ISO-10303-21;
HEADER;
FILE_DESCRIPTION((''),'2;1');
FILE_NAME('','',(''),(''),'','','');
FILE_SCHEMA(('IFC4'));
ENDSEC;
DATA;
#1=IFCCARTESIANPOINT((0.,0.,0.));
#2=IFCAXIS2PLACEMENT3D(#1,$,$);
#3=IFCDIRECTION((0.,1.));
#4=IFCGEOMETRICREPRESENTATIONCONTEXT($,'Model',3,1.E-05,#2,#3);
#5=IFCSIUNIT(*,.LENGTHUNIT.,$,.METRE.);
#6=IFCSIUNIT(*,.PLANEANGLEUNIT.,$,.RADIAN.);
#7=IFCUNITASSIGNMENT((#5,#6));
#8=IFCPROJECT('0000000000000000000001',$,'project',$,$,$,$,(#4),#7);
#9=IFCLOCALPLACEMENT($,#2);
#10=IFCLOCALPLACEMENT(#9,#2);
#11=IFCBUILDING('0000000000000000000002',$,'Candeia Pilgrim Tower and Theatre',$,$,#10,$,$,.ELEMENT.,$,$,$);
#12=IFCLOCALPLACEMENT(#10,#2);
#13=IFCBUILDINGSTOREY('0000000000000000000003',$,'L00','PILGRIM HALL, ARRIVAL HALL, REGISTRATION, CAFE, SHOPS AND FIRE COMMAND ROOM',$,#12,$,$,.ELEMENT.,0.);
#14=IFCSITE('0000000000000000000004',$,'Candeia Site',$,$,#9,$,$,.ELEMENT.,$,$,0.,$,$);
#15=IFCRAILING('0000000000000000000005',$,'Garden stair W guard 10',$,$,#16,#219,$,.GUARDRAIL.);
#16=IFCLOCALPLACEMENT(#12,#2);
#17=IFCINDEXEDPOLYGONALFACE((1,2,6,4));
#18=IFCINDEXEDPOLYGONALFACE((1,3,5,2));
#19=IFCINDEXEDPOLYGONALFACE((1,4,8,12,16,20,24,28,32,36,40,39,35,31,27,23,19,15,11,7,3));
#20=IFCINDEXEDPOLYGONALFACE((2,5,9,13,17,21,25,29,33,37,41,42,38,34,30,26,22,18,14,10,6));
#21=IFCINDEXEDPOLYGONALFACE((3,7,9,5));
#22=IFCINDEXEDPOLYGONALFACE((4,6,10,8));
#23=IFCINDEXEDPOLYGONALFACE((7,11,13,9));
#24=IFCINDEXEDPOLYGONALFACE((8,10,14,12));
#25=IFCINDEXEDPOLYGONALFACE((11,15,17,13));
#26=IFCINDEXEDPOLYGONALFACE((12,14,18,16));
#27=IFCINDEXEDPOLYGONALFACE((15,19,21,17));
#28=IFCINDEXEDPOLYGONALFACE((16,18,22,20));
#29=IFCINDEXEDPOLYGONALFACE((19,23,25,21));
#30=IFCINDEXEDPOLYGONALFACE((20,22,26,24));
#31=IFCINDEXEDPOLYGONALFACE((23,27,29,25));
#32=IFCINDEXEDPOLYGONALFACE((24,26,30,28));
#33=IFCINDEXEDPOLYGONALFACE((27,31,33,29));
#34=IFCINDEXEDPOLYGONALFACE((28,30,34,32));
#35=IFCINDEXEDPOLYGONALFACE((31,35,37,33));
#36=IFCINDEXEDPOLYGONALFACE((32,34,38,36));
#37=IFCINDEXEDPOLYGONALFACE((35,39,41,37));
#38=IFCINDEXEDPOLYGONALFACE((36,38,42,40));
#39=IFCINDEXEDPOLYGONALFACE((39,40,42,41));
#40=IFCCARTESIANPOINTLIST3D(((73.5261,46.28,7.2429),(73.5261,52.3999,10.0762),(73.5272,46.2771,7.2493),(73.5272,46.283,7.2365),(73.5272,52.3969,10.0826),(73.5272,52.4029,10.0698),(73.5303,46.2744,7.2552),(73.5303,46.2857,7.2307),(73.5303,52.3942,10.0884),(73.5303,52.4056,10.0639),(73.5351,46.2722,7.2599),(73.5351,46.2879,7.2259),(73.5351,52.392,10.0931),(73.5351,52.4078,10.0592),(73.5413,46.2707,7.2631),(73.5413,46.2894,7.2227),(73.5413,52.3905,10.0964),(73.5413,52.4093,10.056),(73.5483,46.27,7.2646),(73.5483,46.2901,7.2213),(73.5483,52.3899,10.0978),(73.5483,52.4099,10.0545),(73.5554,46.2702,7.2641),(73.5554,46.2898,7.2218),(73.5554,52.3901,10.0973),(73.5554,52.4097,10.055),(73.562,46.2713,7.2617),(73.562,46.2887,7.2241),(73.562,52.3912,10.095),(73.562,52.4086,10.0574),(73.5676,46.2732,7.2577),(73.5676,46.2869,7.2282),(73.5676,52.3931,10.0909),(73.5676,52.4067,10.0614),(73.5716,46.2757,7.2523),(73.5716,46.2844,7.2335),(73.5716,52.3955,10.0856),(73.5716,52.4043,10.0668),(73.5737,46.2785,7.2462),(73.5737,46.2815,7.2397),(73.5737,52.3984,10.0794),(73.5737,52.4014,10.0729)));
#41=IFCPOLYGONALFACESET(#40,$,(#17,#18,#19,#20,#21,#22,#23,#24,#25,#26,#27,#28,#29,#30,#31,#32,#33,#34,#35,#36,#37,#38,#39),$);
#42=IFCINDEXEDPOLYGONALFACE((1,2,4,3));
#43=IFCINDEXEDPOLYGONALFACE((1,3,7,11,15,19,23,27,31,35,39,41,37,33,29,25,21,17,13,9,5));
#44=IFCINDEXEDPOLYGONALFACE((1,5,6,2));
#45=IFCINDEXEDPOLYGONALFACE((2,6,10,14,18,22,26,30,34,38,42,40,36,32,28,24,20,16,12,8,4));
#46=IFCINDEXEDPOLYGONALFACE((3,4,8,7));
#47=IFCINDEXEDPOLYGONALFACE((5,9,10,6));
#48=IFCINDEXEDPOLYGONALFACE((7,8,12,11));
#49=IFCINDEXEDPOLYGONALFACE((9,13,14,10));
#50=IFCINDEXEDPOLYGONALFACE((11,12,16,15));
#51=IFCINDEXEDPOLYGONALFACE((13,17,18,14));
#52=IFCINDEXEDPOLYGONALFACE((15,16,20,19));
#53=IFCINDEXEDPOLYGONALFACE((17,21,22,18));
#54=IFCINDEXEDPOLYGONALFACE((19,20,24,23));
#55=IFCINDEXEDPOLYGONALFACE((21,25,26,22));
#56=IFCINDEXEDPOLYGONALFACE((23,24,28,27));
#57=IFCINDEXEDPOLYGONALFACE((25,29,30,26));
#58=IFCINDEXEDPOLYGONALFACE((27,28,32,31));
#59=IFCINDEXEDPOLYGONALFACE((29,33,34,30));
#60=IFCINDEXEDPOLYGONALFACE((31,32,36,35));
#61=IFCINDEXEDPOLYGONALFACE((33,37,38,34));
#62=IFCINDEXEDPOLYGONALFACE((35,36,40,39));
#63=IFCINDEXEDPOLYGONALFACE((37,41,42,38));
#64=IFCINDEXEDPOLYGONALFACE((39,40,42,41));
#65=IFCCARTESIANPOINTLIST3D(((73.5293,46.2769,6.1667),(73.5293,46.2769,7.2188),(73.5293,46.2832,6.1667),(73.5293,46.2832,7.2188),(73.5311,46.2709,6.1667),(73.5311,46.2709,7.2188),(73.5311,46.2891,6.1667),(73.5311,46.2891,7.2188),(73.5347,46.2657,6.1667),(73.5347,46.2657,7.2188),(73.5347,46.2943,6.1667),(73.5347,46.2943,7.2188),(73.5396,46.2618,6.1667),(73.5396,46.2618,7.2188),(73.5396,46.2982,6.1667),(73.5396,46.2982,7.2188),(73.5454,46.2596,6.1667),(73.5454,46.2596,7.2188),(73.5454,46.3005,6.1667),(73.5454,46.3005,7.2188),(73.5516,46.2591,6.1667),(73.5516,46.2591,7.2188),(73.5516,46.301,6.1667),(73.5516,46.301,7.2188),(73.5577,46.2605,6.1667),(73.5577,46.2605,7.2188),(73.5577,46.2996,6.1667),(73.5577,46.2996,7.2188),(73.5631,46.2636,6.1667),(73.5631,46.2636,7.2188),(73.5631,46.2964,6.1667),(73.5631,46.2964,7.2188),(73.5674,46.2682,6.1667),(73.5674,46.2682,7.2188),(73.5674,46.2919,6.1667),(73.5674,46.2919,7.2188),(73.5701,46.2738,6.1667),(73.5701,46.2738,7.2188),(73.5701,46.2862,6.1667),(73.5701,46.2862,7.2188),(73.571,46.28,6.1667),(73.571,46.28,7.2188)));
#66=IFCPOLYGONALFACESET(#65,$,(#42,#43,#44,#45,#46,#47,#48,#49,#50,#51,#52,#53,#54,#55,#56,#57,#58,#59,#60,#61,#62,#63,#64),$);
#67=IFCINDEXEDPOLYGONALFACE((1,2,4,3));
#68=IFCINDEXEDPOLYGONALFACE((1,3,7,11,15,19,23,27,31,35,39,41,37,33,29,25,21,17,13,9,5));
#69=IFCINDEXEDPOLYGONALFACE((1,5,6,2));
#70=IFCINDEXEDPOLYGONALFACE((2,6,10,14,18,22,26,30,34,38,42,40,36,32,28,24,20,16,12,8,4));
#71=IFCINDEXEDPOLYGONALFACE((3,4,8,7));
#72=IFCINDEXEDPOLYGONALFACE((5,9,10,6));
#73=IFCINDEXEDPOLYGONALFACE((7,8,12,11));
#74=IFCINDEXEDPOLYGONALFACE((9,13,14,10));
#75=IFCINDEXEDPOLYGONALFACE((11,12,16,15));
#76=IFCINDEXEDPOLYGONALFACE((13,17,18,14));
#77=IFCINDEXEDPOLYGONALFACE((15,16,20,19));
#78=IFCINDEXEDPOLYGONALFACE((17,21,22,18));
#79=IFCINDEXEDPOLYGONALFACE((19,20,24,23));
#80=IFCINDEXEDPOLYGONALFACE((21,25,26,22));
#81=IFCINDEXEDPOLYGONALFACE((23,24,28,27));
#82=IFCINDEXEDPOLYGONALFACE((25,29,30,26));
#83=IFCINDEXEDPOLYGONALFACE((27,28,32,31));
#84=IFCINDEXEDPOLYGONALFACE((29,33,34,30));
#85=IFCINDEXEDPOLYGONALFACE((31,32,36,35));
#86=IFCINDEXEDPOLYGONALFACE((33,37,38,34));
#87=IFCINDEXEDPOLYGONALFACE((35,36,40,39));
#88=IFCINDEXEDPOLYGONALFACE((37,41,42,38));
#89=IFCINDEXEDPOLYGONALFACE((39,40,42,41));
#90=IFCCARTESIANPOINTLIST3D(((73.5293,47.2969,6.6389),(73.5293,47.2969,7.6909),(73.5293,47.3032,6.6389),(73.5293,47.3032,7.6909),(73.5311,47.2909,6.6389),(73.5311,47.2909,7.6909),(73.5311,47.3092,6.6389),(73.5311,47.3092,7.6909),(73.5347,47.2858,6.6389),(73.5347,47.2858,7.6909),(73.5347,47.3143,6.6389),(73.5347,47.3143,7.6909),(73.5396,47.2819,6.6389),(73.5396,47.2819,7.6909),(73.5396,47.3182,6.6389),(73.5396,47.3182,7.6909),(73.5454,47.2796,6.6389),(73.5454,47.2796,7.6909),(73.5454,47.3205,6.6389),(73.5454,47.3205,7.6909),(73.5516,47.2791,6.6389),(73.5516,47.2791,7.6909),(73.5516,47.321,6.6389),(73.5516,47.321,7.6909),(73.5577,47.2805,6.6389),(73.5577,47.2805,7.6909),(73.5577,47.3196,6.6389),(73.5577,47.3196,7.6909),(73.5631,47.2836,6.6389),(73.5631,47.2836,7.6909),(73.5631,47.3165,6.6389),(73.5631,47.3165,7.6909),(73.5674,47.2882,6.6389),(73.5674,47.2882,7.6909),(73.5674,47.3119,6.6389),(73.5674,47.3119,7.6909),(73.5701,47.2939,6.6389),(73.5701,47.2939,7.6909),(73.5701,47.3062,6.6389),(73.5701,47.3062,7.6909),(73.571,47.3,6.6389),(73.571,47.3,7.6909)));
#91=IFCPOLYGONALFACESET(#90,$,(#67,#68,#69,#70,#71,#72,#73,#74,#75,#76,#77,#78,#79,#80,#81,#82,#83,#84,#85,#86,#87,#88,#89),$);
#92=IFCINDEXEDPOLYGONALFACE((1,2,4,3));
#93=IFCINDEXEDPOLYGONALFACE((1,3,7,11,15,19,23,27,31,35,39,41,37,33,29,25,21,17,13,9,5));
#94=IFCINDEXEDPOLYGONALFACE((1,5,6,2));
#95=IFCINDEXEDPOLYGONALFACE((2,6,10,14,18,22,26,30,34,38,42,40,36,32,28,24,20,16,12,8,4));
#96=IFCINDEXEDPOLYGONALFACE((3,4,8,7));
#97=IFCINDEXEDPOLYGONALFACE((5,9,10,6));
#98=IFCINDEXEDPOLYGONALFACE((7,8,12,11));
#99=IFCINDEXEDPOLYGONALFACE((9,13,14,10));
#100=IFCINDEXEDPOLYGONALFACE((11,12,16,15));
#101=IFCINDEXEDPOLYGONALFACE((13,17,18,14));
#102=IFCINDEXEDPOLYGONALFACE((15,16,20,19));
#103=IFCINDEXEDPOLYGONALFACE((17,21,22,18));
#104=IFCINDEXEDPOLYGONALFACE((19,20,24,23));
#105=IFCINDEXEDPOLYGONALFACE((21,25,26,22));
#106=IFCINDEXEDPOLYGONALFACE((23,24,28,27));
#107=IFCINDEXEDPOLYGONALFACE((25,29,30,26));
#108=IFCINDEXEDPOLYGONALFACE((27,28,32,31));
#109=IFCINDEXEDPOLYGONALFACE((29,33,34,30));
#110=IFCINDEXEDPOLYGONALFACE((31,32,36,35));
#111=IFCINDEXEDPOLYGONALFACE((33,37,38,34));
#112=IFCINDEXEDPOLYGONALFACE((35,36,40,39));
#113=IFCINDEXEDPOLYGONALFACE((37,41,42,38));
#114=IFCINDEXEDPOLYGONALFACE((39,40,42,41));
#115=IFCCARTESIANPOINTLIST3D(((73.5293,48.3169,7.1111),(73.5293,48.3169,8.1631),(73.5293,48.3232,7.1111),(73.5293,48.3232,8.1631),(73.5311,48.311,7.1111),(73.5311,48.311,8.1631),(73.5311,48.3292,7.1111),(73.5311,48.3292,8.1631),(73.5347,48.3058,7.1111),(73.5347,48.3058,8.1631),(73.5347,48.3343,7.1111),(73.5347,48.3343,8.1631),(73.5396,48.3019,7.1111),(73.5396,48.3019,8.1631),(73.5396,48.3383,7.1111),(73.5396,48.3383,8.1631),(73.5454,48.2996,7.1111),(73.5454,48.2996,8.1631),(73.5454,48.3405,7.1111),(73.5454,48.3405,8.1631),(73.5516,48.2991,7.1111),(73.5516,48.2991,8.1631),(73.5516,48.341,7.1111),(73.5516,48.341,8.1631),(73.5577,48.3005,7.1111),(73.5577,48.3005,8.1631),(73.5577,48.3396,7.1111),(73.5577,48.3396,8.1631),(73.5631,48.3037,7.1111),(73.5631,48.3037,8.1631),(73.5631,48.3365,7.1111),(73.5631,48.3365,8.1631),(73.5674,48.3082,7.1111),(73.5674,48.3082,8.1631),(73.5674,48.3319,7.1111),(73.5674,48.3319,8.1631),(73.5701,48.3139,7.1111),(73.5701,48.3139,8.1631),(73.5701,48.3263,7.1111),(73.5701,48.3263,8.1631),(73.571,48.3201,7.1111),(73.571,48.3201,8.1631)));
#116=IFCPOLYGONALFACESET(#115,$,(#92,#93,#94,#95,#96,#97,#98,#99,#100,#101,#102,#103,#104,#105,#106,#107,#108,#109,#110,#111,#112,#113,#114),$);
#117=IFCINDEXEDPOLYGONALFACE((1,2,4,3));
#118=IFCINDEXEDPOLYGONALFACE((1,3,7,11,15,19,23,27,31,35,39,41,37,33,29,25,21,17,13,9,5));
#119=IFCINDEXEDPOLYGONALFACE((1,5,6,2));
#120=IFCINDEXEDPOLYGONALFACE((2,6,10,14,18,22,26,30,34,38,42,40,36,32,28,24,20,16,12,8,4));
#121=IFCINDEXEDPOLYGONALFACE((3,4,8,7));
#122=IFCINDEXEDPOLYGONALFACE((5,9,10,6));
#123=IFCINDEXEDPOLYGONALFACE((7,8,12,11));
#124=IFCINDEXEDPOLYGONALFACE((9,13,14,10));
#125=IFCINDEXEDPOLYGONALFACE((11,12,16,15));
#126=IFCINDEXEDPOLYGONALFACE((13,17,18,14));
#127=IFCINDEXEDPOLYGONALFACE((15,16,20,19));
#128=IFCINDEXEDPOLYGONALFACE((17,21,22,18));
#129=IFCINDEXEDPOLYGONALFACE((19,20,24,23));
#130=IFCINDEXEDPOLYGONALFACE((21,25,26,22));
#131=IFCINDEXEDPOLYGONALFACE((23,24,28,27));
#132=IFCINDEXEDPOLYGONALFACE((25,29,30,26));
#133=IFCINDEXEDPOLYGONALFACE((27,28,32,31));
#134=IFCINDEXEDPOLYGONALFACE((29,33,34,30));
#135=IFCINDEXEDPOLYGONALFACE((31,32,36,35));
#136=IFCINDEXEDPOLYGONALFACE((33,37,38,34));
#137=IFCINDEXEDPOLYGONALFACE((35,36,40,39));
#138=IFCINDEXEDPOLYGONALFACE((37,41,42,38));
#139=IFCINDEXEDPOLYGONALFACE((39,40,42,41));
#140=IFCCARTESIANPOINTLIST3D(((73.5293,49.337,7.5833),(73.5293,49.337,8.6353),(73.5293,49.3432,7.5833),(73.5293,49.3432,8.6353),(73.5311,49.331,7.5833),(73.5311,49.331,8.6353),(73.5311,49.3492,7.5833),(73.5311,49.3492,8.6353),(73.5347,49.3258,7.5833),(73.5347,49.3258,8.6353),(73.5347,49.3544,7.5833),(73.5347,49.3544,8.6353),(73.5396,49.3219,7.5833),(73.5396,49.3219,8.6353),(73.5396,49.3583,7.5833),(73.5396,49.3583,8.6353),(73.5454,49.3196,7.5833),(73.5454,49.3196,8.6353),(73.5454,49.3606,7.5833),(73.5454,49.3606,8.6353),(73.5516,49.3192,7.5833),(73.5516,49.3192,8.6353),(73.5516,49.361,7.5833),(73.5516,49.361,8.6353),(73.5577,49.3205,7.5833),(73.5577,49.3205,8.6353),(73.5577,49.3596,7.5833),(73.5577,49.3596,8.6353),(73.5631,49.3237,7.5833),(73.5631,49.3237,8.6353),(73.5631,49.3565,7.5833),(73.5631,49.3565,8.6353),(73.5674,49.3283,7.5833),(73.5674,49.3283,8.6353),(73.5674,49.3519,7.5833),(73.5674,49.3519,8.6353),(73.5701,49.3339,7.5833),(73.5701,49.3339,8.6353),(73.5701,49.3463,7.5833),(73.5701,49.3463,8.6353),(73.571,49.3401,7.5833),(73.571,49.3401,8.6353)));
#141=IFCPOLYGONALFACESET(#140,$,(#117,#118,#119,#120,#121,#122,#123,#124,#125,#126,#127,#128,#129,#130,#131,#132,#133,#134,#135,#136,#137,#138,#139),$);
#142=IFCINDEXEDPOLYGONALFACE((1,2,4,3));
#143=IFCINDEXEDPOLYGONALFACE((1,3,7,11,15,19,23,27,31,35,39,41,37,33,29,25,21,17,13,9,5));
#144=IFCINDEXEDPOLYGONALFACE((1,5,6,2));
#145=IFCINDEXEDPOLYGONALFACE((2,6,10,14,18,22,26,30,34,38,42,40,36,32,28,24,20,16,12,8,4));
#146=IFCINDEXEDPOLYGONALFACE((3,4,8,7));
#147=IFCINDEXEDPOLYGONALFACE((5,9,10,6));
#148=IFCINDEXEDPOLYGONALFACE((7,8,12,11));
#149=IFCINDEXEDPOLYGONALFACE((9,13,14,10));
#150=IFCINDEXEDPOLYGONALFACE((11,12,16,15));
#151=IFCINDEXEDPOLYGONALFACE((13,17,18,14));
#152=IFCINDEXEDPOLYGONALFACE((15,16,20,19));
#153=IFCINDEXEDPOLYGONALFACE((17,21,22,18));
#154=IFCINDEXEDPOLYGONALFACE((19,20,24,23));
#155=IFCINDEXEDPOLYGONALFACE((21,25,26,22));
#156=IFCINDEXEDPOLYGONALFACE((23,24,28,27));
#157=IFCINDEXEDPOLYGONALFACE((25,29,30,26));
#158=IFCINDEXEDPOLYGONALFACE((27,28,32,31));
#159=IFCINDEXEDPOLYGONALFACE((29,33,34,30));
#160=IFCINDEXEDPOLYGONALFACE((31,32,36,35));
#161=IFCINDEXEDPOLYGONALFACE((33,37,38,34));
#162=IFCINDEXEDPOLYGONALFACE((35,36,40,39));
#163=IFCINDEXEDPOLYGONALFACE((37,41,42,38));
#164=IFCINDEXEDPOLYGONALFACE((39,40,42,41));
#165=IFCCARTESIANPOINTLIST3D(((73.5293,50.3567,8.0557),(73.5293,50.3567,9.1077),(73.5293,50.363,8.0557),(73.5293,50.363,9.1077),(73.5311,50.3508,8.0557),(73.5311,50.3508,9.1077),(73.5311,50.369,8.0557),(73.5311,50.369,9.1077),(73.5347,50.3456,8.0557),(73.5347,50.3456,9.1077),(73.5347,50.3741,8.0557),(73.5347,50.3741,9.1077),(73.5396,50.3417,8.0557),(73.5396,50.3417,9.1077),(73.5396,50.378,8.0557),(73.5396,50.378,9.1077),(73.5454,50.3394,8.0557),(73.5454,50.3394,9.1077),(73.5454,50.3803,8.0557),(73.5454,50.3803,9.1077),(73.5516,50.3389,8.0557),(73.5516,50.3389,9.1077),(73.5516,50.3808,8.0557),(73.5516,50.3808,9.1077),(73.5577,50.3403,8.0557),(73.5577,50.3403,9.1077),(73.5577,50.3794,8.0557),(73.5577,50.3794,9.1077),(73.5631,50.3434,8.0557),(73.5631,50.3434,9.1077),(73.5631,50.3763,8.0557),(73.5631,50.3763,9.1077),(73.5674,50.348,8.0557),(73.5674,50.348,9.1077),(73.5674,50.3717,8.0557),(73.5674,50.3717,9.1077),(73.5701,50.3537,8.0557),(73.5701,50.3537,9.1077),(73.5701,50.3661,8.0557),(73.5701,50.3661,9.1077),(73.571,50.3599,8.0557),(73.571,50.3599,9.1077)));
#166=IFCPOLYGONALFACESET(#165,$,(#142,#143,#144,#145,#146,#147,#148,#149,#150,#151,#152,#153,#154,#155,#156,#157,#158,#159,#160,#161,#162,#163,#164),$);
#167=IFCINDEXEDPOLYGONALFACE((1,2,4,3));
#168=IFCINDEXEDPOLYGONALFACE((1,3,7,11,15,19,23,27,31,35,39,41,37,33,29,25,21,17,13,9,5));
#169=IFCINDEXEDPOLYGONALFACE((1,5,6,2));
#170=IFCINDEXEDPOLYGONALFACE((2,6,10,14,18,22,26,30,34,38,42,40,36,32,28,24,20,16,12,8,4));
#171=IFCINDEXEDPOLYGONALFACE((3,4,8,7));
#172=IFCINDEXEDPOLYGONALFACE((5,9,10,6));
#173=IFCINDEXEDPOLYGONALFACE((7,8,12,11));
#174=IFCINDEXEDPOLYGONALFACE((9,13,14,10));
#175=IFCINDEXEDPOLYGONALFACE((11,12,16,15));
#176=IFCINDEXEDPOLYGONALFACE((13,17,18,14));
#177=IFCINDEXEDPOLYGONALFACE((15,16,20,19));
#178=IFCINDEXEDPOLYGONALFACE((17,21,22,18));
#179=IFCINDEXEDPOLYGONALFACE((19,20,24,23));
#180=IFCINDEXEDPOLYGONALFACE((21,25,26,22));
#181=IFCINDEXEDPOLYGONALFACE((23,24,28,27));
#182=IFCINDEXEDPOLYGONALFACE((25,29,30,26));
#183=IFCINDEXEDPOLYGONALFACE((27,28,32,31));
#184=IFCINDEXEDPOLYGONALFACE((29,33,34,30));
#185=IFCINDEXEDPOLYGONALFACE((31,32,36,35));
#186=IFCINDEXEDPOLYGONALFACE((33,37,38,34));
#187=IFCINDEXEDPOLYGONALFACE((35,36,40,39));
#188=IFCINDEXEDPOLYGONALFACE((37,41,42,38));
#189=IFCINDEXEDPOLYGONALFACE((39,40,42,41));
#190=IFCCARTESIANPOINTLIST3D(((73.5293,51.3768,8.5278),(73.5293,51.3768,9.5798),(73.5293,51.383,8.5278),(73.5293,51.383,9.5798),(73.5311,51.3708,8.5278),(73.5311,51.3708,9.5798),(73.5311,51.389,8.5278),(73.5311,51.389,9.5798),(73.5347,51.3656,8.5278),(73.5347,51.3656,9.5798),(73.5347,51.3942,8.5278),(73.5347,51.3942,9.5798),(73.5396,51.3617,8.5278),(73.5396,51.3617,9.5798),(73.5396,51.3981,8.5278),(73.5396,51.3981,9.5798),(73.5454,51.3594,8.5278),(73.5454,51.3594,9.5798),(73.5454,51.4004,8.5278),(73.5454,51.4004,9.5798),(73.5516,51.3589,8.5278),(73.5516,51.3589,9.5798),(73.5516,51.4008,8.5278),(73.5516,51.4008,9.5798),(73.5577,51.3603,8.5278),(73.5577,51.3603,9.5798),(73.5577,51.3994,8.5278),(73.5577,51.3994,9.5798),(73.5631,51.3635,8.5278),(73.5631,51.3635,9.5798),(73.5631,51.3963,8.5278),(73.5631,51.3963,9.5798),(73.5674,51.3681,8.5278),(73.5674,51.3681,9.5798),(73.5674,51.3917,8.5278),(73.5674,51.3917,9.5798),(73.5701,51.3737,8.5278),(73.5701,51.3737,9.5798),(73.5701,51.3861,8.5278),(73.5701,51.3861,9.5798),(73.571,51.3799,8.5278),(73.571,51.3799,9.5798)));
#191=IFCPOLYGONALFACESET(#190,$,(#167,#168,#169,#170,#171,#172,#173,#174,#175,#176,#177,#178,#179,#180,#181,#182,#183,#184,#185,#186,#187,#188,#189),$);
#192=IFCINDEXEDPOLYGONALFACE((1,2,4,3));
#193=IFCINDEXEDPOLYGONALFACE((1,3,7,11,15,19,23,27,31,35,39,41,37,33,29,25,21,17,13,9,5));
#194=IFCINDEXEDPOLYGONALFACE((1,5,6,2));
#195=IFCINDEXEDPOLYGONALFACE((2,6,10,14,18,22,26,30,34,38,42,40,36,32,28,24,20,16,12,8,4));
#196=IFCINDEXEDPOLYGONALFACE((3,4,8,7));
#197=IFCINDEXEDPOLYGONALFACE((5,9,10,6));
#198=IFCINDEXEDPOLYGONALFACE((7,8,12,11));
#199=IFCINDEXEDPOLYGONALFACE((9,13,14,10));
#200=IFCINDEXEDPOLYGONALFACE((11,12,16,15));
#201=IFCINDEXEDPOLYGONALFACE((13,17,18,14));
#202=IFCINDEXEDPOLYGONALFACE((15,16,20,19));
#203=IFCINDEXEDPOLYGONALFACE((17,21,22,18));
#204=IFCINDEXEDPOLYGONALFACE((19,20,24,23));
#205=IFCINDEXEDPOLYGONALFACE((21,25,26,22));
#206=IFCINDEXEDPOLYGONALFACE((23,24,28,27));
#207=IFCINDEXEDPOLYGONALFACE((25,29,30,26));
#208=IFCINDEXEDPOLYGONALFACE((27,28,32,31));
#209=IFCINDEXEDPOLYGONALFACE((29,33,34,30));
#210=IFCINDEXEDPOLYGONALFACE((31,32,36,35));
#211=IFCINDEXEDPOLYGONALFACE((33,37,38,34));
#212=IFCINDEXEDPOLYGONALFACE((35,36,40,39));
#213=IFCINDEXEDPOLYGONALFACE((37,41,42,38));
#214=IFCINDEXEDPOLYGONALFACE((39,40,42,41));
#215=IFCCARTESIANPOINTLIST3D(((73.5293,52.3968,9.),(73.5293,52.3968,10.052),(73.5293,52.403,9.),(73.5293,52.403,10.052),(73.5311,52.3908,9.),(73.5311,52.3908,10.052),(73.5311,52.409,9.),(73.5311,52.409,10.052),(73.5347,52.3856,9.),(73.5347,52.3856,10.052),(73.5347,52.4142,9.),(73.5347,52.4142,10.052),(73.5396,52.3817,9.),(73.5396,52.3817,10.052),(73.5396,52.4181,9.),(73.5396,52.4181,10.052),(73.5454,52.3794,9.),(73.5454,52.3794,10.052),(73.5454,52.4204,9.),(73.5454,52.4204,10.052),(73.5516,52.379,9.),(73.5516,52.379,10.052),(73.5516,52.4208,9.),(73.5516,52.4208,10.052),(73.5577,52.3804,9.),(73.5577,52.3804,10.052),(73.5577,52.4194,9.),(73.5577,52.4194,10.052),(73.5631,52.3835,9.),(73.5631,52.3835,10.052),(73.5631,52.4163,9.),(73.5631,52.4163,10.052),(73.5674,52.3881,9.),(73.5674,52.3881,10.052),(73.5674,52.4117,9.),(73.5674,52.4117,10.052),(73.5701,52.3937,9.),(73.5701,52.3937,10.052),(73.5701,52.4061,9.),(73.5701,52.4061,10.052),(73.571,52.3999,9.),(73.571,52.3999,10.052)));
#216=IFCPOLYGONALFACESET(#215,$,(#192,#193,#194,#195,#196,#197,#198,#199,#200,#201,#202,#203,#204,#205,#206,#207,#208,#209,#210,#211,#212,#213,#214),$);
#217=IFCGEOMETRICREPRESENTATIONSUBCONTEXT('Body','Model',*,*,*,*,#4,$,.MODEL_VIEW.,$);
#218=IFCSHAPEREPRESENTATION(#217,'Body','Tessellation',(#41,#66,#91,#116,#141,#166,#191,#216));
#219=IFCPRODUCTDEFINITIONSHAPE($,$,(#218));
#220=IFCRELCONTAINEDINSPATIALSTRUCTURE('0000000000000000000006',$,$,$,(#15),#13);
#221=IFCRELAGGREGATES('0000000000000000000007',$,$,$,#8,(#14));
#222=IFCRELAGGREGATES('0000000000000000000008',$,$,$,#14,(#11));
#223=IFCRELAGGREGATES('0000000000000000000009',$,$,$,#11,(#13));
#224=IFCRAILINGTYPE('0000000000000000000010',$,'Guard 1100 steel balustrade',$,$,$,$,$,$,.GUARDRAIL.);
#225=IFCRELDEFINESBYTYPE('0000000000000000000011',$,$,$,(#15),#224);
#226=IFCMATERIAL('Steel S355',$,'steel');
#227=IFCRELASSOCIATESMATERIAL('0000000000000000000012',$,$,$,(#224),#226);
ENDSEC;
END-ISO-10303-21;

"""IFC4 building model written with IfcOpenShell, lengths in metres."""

from ifc_helpers import new_model, si_unit, direction, frame, origin, origin_2d, place, context, subcontext, project, spatial, circle, extrude, material, type_object, element, save


model = new_model("IFC4")

# Units and contexts
model_context = context("Model", 3, precision=1e-05, world=origin(), true_north=direction((0.0, 1.0)))
body_context = subcontext(model_context, "Body", "Model", "MODEL_VIEW")
ifc_project = project(units=[si_unit("LENGTHUNIT", "METRE"), si_unit("PLANEANGLEUNIT", "RADIAN")], contexts=[model_context])

# Site, building, storey
site_placement = place(None, origin())
site = spatial("IfcSite", under=ifc_project, at=site_placement, Name="Candeia Site", CompositionType="ELEMENT", RefElevation=0.0)
building_placement = place(site_placement, origin())
building = spatial("IfcBuilding", under=site, at=building_placement, Name="Candeia Pilgrim Tower and Theatre", CompositionType="ELEMENT")
storey_placement = place(building_placement, origin())
storey = spatial("IfcBuildingStorey", under=building, at=storey_placement, Name="L00", Description="PILGRIM HALL, ARRIVAL HALL, REGISTRATION, CAFE, SHOPS AND FIRE COMMAND ROOM", CompositionType="ELEMENT", Elevation=0.0)

# Railing
ifc_material_1 = material(Name="Steel S355", Category="steel")
railing_type_1 = type_object("IfcRailingType", Name="Guard 1100 steel balustrade", PredefinedType="GUARDRAIL", material=ifc_material_1)
railing_1_placement = place(storey_placement, frame((73.55, 46.28, 6.1667)))
element("IfcRailing", 1, at=railing_1_placement, inside=storey, type_object=railing_type_1, Name="Garden stair W guard 10", PredefinedType="GUARDRAIL", context=body_context, shape_type="SweptSolid", body=[
    extrude(circle(Radius=0.0239, at=origin_2d()), frame((0.0, 0.0, 1.0762), z_axis=(0.0, 0.907468, 0.420121), x_axis=(-1.0, 0.0, 0.0)), (0.0, 0.0, 1.0), 6.7439),
    extrude(circle(Radius=0.021, at=origin_2d()), origin(), (0.0, 0.0, 1.0), 1.052),
    extrude(circle(Radius=0.021, at=origin_2d()), frame((0.0, 1.02, 0.4722)), (0.0, 0.0, 1.0), 1.052),
    extrude(circle(Radius=0.021, at=origin_2d()), frame((0.0, 2.04, 0.9443)), (0.0, 0.0, 1.0), 1.052),
    extrude(circle(Radius=0.021, at=origin_2d()), frame((0.0, 3.0601, 1.4165)), (0.0, 0.0, 1.0), 1.052),
    extrude(circle(Radius=0.021, at=origin_2d()), frame((0.0, 4.0798, 1.8889)), (0.0, 0.0, 1.0), 1.052),
    extrude(circle(Radius=0.021, at=origin_2d()), frame((0.0, 5.0999, 2.3611)), (0.0, 0.0, 1.0), 1.052),
    extrude(circle(Radius=0.021, at=origin_2d()), frame((0.0, 6.1199, 2.8333)), (0.0, 0.0, 1.0), 1.052),
])

save(model, "model.ifc")
